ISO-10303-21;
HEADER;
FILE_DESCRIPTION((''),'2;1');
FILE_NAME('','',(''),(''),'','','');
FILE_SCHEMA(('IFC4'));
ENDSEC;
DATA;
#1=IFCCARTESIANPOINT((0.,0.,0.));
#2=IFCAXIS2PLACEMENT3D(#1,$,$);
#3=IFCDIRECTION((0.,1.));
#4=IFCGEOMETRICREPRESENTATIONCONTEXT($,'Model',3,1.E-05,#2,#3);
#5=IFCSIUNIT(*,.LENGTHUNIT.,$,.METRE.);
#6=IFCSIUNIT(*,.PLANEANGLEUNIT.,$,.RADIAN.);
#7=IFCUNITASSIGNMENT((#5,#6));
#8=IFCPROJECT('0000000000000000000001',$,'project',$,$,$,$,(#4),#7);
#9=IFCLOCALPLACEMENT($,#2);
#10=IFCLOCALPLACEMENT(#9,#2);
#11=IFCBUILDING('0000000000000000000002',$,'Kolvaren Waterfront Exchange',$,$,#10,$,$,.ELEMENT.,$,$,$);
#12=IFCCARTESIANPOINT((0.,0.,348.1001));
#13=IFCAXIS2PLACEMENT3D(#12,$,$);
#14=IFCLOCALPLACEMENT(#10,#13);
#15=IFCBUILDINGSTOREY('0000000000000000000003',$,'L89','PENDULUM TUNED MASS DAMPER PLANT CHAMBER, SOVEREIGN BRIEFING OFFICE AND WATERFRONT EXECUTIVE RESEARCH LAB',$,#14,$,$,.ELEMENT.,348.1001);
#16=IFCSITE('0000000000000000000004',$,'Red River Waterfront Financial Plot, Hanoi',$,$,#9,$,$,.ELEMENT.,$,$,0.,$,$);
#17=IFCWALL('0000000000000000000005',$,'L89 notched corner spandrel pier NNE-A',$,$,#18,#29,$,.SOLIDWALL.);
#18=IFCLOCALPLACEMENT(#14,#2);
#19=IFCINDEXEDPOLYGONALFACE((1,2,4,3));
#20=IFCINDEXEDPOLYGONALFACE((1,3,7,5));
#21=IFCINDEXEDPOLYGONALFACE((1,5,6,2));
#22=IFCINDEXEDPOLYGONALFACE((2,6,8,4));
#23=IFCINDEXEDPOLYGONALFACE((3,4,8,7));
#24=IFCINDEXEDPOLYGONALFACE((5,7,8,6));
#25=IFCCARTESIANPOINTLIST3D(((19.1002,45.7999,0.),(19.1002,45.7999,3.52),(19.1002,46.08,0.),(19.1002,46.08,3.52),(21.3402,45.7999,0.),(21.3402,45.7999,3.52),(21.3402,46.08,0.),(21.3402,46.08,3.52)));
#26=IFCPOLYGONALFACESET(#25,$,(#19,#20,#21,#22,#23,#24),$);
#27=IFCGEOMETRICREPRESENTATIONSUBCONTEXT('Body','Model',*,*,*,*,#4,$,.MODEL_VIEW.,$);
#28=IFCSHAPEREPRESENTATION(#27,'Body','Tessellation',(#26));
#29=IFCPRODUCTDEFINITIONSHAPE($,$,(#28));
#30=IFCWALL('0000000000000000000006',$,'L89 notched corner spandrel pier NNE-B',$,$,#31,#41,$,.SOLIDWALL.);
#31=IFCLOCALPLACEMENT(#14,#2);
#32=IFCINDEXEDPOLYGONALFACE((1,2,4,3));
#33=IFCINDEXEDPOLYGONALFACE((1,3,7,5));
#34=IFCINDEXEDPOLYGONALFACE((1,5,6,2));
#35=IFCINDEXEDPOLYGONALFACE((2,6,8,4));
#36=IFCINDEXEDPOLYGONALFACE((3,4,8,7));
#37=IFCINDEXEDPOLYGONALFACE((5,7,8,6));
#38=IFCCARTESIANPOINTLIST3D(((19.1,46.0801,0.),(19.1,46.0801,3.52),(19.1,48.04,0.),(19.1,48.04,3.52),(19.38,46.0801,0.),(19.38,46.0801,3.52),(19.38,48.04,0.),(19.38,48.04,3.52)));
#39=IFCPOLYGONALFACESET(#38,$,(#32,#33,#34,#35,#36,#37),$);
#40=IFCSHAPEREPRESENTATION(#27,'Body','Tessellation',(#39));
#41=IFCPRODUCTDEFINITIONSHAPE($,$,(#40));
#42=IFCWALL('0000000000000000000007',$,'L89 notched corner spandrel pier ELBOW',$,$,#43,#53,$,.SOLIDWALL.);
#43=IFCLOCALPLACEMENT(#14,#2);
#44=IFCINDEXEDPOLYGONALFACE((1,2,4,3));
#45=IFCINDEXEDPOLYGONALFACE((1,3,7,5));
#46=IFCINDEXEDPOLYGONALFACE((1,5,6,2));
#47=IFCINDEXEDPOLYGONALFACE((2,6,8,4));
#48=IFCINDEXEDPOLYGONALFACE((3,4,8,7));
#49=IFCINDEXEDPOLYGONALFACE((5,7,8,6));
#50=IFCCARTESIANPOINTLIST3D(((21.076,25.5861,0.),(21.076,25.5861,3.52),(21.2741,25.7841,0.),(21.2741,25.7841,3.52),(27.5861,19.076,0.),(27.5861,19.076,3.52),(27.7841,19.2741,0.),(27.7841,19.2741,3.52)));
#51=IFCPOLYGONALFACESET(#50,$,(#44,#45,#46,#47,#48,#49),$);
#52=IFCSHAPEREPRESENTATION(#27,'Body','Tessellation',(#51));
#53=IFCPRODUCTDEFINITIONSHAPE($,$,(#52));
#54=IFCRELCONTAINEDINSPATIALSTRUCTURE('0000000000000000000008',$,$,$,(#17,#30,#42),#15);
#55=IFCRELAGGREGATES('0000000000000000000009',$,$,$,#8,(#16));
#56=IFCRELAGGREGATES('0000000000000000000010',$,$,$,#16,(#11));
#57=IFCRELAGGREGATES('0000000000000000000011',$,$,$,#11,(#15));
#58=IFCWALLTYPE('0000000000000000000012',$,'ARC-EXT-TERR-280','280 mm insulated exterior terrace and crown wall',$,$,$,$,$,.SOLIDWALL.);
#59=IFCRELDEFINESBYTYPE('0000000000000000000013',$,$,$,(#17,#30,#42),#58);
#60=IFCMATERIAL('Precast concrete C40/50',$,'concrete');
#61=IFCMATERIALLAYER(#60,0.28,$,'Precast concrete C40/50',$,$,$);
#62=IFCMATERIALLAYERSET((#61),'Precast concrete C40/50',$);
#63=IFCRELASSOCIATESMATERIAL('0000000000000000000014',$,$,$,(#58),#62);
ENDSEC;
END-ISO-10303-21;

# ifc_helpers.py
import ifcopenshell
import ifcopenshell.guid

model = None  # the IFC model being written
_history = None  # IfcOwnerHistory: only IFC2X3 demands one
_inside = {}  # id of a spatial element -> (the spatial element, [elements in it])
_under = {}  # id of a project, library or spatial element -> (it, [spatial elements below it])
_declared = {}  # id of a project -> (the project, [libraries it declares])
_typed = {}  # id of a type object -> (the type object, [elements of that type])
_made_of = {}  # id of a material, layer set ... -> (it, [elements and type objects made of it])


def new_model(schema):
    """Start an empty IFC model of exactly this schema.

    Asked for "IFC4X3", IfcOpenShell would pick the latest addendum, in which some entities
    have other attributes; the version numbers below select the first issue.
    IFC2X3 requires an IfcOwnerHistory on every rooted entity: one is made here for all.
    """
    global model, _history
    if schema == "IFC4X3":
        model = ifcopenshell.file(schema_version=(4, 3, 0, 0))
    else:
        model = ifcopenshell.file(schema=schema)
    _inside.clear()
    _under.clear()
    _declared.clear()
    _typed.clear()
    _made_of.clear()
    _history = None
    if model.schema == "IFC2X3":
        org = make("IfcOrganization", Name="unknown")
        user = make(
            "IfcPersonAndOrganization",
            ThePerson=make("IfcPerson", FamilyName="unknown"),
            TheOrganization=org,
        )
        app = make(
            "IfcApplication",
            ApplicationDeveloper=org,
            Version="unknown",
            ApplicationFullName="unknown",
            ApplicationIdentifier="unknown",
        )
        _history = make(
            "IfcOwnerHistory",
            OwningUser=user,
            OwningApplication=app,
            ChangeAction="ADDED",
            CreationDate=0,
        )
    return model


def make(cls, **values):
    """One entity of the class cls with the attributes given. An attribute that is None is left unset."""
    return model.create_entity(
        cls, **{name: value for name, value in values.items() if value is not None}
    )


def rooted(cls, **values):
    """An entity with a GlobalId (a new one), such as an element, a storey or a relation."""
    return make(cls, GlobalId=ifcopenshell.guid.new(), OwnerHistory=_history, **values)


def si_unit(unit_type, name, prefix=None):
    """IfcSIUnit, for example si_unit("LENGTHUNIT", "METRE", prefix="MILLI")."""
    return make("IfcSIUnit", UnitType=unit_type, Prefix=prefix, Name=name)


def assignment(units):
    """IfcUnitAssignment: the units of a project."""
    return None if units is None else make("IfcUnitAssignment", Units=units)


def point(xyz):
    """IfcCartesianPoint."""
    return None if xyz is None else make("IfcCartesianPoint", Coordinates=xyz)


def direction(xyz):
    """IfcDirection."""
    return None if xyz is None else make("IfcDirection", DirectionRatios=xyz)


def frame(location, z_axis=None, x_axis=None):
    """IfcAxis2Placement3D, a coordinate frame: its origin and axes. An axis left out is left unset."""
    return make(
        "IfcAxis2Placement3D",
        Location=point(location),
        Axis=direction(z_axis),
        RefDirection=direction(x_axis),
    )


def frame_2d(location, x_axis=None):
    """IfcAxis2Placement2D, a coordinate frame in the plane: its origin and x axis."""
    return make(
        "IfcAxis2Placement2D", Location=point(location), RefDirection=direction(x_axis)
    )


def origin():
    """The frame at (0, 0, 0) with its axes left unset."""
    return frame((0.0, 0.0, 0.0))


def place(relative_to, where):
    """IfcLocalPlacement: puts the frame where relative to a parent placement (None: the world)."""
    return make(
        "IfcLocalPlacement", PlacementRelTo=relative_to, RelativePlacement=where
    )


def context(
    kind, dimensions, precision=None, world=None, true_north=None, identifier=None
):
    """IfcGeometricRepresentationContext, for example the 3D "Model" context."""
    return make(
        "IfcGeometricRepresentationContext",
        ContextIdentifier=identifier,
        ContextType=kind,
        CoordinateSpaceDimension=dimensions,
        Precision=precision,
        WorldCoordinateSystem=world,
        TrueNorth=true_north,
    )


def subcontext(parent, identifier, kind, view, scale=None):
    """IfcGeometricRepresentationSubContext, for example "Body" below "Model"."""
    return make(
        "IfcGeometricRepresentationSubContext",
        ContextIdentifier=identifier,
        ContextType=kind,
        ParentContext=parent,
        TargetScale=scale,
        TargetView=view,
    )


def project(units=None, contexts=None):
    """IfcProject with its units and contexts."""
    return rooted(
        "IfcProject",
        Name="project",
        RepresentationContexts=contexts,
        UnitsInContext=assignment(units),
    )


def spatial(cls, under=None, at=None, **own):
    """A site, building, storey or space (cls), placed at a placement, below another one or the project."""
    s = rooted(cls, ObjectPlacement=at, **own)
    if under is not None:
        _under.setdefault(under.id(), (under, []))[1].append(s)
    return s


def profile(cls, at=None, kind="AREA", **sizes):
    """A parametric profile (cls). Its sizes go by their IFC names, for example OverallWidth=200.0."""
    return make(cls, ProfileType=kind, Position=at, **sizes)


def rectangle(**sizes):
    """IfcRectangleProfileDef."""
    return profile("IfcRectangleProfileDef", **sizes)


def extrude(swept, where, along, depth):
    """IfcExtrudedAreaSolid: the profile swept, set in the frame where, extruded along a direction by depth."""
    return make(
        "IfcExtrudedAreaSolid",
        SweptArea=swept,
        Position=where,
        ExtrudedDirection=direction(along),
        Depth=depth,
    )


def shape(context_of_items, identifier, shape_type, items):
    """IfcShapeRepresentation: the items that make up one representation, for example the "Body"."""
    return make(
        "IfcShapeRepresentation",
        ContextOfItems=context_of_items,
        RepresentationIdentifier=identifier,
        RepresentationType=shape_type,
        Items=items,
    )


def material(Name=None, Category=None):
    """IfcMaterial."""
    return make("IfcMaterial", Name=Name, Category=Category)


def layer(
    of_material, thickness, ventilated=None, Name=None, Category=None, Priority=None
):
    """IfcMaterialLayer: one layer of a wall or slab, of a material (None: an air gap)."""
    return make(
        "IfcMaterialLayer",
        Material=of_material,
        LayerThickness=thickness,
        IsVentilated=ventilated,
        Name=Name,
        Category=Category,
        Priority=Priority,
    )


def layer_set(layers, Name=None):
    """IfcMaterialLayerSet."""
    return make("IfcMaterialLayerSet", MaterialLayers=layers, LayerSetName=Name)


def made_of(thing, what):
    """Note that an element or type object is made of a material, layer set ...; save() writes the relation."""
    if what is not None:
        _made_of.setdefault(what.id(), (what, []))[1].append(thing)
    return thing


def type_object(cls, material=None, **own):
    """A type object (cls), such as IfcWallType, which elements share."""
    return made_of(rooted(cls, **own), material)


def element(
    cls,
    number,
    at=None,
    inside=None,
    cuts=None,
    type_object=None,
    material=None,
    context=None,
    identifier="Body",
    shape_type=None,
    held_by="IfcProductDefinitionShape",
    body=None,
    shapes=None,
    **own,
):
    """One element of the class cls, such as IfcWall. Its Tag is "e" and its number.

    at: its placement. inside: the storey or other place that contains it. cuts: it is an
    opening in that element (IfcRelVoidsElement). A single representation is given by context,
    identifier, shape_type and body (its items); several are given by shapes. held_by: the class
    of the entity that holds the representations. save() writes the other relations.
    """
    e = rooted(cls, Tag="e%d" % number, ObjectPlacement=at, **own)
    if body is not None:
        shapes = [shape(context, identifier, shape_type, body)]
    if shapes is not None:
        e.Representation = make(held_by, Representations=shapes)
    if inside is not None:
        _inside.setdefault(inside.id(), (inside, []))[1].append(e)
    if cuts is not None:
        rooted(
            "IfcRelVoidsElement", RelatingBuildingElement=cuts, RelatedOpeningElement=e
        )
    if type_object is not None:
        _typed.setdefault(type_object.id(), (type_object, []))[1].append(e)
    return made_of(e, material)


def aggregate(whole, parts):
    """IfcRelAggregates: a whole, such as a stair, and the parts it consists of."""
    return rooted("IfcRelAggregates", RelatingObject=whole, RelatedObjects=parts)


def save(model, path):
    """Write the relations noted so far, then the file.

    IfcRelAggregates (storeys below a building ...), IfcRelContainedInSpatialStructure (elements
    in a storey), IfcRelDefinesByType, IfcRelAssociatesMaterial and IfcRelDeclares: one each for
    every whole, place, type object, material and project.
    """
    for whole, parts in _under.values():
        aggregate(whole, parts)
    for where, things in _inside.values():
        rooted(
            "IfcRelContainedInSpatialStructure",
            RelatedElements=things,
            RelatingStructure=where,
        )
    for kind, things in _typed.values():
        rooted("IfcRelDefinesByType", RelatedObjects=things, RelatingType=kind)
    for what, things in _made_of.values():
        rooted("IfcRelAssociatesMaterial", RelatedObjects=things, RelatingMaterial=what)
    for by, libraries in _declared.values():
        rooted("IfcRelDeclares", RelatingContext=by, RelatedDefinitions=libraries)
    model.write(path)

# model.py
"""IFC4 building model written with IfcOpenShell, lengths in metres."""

from ifc_helpers import new_model, si_unit, direction, frame, frame_2d, origin, place, context, subcontext, project, spatial, rectangle, extrude, material, layer, layer_set, type_object, element, save


model = new_model("IFC4")

# Units and contexts
model_context = context("Model", 3, precision=1e-05, world=origin(), true_north=direction((0.0, 1.0)))
body_context = subcontext(model_context, "Body", "Model", "MODEL_VIEW")
ifc_project = project(units=[si_unit("LENGTHUNIT", "METRE"), si_unit("PLANEANGLEUNIT", "RADIAN")], contexts=[model_context])

# Site, building, storey
site_placement = place(None, origin())
site = spatial("IfcSite", under=ifc_project, at=site_placement, Name="Red River Waterfront Financial Plot, Hanoi", CompositionType="ELEMENT", RefElevation=0.0)
building_placement = place(site_placement, origin())
building = spatial("IfcBuilding", under=site, at=building_placement, Name="Kolvaren Waterfront Exchange", CompositionType="ELEMENT")
storey_placement = place(building_placement, frame((0.0, 0.0, 348.1001)))
storey = spatial("IfcBuildingStorey", under=building, at=storey_placement, Name="L89", Description="PENDULUM TUNED MASS DAMPER PLANT CHAMBER, SOVEREIGN BRIEFING OFFICE AND WATERFRONT EXECUTIVE RESEARCH LAB", CompositionType="ELEMENT", Elevation=348.1001)

# Walls
ifc_material_1 = material(Name="Precast concrete C40/50", Category="concrete")
ifc_layer_1 = layer(ifc_material_1, 0.28, Name="Precast concrete C40/50")
ifc_layer_set_1 = layer_set([ifc_layer_1], Name="Precast concrete C40/50")
wall_type = type_object("IfcWallType", Name="ARC-EXT-TERR-280", Description="280 mm insulated exterior terrace and crown wall", PredefinedType="SOLIDWALL", material=ifc_layer_set_1)
wall_1_placement = place(storey_placement, frame((19.1001, 45.9399, 0.0), z_axis=(0.0, 0.0, 1.0), x_axis=(1.0, 0.0, 0.0)))
element("IfcWall", 1, at=wall_1_placement, inside=storey, type_object=wall_type, Name="L89 notched corner spandrel pier NNE-A", PredefinedType="SOLIDWALL", context=body_context, shape_type="SweptSolid", body=[
    extrude(rectangle(XDim=2.24, YDim=0.28, at=frame_2d((1.1201, 0.0))), origin(), (0.0, 0.0, 1.0), 3.52),
])
wall_2_placement = place(storey_placement, frame((19.24, 46.0801, 0.0), z_axis=(0.0, 0.0, 1.0), x_axis=(0.0, 1.0, 0.0)))
element("IfcWall", 2, at=wall_2_placement, inside=storey, type_object=wall_type, Name="L89 notched corner spandrel pier NNE-B", PredefinedType="SOLIDWALL", context=body_context, shape_type="SweptSolid", body=[
    extrude(rectangle(XDim=1.96, YDim=0.28, at=frame_2d((0.98, 0.0))), origin(), (0.0, 0.0, 1.0), 3.52),
])
wall_3_placement = place(storey_placement, frame((27.6851, 19.175, 0.0), z_axis=(0.0, 0.0, 1.0), x_axis=(-0.707107, 0.707107, 0.0)))
element("IfcWall", 3, at=wall_3_placement, inside=storey, type_object=wall_type, Name="L89 notched corner spandrel pier ELBOW", PredefinedType="SOLIDWALL", context=body_context, shape_type="SweptSolid", body=[
    extrude(rectangle(XDim=9.2065, YDim=0.28, at=frame_2d((4.6033, 0.0))), origin(), (0.0, 0.0, 1.0), 3.52),
])

save(model, "model.ifc")
